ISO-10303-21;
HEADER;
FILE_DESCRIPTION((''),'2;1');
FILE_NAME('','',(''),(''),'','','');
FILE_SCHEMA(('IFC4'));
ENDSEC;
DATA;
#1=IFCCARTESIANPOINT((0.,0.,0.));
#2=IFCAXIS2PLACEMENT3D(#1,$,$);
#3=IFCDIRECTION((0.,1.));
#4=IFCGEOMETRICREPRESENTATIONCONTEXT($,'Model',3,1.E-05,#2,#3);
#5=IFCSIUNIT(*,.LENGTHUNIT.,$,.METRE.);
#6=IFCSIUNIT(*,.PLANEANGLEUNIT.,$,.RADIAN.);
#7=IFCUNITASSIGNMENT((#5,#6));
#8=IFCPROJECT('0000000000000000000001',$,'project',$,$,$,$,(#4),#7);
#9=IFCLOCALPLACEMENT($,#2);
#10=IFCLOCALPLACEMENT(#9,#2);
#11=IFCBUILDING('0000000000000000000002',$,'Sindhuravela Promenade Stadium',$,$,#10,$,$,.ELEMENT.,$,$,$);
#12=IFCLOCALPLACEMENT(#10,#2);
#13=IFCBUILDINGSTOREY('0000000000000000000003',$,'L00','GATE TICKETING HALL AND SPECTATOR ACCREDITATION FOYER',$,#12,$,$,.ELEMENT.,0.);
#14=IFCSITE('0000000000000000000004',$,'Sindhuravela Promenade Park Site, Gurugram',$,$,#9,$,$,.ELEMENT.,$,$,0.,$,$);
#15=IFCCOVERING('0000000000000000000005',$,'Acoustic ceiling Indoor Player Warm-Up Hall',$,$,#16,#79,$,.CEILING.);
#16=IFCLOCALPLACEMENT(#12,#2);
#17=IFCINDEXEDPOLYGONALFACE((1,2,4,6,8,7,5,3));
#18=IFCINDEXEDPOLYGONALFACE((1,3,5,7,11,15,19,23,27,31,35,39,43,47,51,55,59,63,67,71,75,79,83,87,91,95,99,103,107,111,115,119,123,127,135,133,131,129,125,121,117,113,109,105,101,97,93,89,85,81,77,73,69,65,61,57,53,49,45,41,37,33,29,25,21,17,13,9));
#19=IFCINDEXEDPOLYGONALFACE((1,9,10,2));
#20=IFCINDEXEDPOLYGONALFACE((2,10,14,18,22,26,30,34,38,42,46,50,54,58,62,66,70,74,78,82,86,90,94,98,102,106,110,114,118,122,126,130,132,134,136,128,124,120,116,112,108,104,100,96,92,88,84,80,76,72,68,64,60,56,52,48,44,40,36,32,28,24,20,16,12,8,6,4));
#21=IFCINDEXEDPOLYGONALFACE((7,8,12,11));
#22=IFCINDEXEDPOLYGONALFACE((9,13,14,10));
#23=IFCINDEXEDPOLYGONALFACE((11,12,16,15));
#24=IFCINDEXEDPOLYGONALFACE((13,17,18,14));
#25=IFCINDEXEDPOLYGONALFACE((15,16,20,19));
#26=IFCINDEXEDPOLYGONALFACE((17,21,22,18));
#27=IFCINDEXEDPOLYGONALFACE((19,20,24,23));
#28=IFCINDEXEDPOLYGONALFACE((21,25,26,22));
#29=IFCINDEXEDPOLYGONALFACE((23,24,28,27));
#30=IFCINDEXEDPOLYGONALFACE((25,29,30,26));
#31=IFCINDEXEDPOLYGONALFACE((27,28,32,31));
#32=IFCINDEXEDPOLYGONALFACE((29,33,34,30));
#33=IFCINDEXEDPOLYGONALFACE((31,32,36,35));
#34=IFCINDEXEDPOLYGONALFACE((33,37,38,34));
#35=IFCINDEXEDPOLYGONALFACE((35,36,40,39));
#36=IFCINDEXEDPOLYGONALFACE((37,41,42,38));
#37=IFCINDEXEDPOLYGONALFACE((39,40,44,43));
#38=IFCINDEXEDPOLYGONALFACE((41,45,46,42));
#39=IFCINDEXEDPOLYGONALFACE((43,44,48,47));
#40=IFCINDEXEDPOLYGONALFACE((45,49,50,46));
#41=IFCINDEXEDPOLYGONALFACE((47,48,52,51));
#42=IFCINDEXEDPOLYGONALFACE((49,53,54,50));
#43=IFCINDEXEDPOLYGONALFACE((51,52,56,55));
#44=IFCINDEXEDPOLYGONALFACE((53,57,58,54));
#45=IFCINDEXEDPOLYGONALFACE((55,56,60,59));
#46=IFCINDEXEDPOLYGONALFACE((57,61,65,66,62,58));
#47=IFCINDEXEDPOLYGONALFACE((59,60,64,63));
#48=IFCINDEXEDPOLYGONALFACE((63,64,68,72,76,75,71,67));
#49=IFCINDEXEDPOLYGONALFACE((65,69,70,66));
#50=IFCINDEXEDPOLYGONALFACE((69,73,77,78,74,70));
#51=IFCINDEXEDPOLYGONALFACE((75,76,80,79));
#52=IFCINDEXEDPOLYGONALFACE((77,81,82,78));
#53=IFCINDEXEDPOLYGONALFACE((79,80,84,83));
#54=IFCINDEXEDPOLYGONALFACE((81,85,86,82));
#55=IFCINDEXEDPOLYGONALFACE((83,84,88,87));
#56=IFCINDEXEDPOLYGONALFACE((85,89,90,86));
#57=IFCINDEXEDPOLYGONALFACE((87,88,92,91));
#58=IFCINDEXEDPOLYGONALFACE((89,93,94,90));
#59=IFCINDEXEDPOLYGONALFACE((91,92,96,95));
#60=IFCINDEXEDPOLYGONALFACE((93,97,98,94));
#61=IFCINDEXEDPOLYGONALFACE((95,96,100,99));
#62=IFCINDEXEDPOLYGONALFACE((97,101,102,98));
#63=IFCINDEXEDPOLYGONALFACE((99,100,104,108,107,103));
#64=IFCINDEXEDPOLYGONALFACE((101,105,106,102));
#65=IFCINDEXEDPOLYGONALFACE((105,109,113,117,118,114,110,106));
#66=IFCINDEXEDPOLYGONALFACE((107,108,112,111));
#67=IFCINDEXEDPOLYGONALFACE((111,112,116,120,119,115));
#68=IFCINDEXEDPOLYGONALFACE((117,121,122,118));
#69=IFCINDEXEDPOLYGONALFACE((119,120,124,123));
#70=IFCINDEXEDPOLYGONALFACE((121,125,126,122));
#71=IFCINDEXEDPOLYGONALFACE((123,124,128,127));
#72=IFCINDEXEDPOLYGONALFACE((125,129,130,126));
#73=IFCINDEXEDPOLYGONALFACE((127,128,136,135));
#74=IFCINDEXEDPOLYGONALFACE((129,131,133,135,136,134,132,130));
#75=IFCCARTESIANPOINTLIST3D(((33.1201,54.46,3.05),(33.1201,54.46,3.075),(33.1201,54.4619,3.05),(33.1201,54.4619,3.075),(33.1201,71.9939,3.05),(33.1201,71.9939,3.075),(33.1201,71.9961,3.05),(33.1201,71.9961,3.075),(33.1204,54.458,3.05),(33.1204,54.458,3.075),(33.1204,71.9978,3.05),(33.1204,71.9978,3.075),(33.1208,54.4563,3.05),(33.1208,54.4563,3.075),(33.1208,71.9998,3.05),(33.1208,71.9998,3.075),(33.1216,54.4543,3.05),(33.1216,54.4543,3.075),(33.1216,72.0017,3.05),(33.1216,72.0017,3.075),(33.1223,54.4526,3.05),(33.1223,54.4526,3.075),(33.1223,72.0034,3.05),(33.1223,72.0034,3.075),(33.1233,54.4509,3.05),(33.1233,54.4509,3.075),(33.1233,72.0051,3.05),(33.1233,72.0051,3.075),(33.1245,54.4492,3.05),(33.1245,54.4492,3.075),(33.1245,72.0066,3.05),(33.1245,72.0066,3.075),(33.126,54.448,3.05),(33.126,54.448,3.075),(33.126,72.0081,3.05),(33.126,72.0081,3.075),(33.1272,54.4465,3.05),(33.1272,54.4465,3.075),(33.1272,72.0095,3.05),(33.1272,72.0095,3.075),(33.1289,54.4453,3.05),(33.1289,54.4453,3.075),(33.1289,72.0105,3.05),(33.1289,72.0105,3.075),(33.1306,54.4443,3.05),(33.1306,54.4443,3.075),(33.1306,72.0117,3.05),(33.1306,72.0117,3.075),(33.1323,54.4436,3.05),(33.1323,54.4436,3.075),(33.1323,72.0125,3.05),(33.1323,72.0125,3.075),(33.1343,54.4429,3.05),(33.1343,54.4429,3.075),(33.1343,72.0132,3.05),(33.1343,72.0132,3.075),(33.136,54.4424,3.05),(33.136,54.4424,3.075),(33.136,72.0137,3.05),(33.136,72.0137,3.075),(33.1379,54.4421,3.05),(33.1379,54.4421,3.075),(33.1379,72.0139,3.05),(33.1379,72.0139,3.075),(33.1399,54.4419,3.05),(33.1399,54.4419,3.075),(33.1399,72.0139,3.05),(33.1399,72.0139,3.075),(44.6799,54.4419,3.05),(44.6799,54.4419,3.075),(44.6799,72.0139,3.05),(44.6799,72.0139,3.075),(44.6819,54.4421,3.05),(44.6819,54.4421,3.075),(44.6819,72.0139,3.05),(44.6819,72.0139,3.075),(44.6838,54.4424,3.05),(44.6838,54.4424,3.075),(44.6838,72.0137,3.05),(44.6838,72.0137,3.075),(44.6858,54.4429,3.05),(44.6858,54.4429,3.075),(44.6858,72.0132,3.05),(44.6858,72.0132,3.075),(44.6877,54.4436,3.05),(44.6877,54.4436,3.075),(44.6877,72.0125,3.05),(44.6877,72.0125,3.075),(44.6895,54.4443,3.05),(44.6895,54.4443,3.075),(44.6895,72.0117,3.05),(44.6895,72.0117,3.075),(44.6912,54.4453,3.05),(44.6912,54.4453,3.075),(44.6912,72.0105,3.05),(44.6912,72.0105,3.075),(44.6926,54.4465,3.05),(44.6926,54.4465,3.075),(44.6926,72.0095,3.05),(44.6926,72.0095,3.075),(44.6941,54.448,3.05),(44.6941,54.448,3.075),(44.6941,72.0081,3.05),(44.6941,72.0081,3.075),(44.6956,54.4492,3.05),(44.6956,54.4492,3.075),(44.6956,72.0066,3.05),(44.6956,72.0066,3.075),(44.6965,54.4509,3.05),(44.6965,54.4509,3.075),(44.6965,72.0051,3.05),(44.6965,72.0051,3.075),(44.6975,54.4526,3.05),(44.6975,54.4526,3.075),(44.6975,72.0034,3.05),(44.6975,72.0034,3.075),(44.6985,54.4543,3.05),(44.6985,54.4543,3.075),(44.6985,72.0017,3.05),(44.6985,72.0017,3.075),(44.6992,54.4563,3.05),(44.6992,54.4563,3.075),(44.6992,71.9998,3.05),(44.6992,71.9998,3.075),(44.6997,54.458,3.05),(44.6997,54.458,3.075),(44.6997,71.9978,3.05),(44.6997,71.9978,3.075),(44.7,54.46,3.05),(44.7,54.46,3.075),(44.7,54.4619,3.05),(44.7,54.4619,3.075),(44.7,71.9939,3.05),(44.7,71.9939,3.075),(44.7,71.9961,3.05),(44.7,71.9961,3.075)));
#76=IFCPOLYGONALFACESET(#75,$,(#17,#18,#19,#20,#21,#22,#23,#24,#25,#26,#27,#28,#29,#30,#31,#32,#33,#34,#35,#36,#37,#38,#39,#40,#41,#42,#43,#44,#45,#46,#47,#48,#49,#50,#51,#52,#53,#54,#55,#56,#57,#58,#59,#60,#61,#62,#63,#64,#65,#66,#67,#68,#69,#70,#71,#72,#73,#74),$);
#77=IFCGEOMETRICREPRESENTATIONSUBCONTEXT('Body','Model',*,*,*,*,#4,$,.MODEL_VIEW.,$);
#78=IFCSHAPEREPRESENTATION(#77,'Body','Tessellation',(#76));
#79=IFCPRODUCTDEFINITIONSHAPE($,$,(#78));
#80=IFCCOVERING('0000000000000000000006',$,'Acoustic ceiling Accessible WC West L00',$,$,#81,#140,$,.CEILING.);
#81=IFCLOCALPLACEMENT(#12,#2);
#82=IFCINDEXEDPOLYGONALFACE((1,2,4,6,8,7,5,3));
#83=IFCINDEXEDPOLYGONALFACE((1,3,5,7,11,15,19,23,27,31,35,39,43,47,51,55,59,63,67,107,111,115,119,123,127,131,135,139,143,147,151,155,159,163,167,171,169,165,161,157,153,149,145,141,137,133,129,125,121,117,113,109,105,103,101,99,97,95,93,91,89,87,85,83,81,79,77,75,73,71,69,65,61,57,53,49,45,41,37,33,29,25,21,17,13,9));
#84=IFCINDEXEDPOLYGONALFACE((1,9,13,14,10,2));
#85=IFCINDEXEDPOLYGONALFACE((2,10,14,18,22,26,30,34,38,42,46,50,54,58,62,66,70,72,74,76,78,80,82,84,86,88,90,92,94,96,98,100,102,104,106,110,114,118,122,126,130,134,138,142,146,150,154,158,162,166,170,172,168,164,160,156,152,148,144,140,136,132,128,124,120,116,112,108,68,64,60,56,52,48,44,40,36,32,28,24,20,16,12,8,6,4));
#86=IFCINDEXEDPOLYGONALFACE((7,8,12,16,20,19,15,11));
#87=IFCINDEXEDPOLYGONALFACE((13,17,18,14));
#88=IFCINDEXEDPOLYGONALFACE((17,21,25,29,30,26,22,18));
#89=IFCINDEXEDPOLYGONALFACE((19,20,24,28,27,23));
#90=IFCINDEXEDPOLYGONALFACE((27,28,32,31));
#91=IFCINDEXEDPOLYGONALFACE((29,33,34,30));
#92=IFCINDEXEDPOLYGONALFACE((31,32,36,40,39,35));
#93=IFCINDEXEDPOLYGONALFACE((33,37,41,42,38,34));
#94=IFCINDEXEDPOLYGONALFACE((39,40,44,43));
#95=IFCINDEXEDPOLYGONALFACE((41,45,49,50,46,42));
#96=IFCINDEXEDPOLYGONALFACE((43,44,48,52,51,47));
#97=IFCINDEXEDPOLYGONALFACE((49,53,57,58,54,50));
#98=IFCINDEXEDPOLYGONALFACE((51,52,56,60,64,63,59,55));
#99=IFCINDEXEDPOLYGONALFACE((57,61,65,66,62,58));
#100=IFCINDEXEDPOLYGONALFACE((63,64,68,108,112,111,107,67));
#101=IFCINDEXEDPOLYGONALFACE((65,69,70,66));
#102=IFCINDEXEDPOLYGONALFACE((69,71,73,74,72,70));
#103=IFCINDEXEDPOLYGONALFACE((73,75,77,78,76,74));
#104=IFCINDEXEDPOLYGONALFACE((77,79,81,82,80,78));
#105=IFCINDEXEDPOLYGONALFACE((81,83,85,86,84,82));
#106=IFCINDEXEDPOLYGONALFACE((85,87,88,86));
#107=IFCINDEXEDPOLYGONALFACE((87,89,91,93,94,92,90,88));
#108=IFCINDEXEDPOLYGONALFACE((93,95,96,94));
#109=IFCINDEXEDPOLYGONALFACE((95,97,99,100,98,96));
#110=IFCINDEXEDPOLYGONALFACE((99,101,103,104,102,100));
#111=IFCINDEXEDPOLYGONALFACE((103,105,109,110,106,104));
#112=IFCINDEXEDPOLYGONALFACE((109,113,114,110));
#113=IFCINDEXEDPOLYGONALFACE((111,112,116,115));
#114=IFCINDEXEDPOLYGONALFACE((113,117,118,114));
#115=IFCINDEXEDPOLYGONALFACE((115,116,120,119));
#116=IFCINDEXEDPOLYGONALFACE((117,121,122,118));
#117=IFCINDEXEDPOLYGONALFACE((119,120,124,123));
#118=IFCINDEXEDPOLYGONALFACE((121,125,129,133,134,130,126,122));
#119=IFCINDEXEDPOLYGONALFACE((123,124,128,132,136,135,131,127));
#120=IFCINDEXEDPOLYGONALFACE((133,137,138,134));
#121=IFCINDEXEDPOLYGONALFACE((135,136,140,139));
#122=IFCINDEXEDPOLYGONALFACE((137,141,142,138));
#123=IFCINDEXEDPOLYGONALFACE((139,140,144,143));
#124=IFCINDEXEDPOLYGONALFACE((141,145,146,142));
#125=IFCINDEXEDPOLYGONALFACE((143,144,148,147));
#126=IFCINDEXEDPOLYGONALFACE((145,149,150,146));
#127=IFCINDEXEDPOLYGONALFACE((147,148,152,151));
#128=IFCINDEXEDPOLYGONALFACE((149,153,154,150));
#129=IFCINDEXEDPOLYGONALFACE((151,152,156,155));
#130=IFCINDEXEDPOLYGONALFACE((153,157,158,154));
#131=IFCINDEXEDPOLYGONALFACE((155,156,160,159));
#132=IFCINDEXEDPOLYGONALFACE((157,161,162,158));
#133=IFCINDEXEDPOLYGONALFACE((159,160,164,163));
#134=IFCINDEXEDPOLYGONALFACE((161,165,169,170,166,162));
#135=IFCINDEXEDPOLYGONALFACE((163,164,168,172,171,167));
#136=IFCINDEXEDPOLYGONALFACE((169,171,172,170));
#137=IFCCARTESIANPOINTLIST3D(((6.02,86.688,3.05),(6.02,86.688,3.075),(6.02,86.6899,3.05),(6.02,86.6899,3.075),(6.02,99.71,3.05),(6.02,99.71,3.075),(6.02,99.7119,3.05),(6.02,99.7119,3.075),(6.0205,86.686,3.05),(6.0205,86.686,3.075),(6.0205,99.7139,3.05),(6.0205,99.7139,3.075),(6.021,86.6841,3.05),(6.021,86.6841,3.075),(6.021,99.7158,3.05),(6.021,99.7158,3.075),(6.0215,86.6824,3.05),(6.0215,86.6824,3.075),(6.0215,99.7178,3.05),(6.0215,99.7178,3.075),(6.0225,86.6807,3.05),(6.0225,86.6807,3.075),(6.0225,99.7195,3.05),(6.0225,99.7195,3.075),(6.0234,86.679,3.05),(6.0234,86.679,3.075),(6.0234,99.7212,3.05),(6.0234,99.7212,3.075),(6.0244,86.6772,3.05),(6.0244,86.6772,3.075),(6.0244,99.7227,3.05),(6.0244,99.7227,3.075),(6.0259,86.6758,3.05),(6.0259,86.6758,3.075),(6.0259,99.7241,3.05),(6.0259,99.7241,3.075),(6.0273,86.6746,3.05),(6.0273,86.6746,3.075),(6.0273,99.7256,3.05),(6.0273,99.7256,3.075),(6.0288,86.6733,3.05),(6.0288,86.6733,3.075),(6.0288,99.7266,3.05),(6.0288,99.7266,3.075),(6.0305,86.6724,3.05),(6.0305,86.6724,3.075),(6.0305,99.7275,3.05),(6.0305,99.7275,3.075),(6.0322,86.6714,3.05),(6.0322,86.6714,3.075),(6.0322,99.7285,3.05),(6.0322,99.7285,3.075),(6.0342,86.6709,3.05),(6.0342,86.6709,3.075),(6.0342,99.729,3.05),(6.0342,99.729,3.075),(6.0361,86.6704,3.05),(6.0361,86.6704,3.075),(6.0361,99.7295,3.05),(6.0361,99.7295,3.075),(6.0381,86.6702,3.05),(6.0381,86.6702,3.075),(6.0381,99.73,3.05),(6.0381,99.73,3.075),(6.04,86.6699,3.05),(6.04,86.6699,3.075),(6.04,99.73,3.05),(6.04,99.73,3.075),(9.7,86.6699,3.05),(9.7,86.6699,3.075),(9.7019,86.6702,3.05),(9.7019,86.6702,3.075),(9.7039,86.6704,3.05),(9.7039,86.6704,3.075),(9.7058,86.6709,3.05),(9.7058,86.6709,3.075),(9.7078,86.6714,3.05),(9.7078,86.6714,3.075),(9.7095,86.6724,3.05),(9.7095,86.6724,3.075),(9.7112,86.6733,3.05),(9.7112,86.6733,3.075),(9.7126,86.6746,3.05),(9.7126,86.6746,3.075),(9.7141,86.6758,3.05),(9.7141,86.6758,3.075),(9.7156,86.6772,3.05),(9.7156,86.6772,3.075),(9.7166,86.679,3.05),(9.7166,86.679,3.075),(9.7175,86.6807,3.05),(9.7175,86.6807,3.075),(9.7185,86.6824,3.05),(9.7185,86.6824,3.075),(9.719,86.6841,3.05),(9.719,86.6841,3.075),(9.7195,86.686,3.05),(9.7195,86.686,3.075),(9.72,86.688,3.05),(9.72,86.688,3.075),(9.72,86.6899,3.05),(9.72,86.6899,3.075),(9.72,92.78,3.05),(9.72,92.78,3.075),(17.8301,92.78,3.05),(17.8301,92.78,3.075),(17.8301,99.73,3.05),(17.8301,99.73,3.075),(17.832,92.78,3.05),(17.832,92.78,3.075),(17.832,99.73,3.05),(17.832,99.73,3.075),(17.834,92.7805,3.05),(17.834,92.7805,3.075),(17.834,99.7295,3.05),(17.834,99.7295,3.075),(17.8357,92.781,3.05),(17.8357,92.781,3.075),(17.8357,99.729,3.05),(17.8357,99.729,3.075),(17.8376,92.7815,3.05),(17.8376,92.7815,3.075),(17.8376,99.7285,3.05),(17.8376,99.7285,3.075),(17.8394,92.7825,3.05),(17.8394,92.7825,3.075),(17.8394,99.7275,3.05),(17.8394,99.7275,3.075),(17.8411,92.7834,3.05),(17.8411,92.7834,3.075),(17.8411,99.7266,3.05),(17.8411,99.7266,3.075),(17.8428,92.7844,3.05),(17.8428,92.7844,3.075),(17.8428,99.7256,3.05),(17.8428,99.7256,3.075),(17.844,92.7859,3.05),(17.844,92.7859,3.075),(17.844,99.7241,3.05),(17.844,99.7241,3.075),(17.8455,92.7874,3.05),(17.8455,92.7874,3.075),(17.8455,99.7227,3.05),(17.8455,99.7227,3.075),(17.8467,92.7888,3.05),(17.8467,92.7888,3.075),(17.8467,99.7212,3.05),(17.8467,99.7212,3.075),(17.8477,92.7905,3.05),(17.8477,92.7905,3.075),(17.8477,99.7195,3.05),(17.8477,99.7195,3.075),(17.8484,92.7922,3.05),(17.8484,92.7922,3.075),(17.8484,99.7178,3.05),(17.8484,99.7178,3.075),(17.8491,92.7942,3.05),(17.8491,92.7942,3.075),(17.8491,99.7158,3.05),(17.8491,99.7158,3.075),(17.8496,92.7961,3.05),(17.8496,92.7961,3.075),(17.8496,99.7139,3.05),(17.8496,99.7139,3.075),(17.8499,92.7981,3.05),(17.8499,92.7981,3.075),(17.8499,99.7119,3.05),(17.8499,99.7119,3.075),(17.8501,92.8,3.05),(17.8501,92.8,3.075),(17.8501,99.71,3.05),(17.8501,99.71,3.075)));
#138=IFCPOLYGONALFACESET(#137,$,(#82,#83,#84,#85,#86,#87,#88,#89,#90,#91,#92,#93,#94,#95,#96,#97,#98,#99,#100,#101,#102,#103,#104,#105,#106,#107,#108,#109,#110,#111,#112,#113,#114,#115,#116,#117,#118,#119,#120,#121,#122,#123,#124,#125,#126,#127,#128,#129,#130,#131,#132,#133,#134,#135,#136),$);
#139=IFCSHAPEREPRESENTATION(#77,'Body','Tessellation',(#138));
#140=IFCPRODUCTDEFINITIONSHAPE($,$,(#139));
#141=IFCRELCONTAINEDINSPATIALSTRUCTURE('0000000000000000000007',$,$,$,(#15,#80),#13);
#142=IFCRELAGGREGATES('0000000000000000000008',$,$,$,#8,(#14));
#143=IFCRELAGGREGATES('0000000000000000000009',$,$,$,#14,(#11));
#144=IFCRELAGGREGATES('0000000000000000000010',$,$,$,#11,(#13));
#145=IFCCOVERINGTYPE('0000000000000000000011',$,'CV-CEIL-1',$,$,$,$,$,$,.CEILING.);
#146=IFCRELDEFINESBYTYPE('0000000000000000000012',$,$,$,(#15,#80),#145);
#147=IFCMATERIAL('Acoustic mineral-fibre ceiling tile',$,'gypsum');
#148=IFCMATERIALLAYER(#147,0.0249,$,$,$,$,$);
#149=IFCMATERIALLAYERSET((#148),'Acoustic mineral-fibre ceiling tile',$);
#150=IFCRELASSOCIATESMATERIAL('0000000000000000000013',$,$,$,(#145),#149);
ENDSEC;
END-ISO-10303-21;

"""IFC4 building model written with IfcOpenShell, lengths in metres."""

from ifc_helpers import new_model, si_unit, direction, frame, origin, place, context, subcontext, project, spatial, polyline, outline, extrude, material, layer, layer_set, type_object, element, save


model = new_model("IFC4")

# Units and contexts
model_context = context("Model", 3, precision=1e-05, world=origin(), true_north=direction((0.0, 1.0)))
body_context = subcontext(model_context, "Body", "Model", "MODEL_VIEW")
ifc_project = project(units=[si_unit("LENGTHUNIT", "METRE"), si_unit("PLANEANGLEUNIT", "RADIAN")], contexts=[model_context])

# Site, building, storey
site_placement = place(None, origin())
site = spatial("IfcSite", under=ifc_project, at=site_placement, Name="Sindhuravela Promenade Park Site, Gurugram", CompositionType="ELEMENT", RefElevation=0.0)
building_placement = place(site_placement, origin())
building = spatial("IfcBuilding", under=site, at=building_placement, Name="Sindhuravela Promenade Stadium", CompositionType="ELEMENT")
storey_placement = place(building_placement, origin())
storey = spatial("IfcBuildingStorey", under=building, at=storey_placement, Name="L00", Description="GATE TICKETING HALL AND SPECTATOR ACCREDITATION FOYER", CompositionType="ELEMENT", Elevation=0.0)

# Coverings
ifc_material = material(Name="Acoustic mineral-fibre ceiling tile", Category="gypsum")
ifc_layer_1 = layer(ifc_material, 0.0249)
ifc_layer_set_1 = layer_set([ifc_layer_1], Name="Acoustic mineral-fibre ceiling tile")
covering_type_1 = type_object("IfcCoveringType", Name="CV-CEIL-1", PredefinedType="CEILING", material=ifc_layer_set_1)
covering_1_placement = place(storey_placement, frame((0.0, 0.0, 3.05)))
element("IfcCovering", 1, at=covering_1_placement, inside=storey, type_object=covering_type_1, Name="Acoustic ceiling Indoor Player Warm-Up Hall", PredefinedType="CEILING", context=body_context, shape_type="SweptSolid", body=[
    extrude(outline(polyline([(44.7, 54.4619), (44.7, 54.46), (44.6997, 54.458), (44.6992, 54.4563), (44.6985, 54.4543), (44.6975, 54.4526), (44.6965, 54.4509), (44.6956, 54.4492), (44.6941, 54.448), (44.6926, 54.4465), (44.6912, 54.4453), (44.6895, 54.4443), (44.6877, 54.4436), (44.6858, 54.4429), (44.6838, 54.4424), (44.6819, 54.4421), (44.6799, 54.4419), (33.1399, 54.4419), (33.1379, 54.4421), (33.136, 54.4424), (33.1343, 54.4429), (33.1323, 54.4436), (33.1306, 54.4443), (33.1289, 54.4453), (33.1272, 54.4465), (33.126, 54.448), (33.1245, 54.4492), (33.1233, 54.4509), (33.1223, 54.4526), (33.1216, 54.4543), (33.1208, 54.4563), (33.1204, 54.458), (33.1201, 54.46), (33.1201, 54.4619), (33.1201, 71.9939), (33.1201, 71.9961), (33.1204, 71.9978), (33.1208, 71.9998), (33.1216, 72.0017), (33.1223, 72.0034), (33.1233, 72.0051), (33.1245, 72.0066), (33.126, 72.0081), (33.1272, 72.0095), (33.1289, 72.0105), (33.1306, 72.0117), (33.1323, 72.0125), (33.1343, 72.0132), (33.136, 72.0137), (33.1379, 72.0139), (33.1399, 72.0139), (44.6799, 72.0139), (44.6819, 72.0139), (44.6838, 72.0137), (44.6858, 72.0132), (44.6877, 72.0125), (44.6895, 72.0117), (44.6912, 72.0105), (44.6926, 72.0095), (44.6941, 72.0081), (44.6956, 72.0066), (44.6965, 72.0051), (44.6975, 72.0034), (44.6985, 72.0017), (44.6992, 71.9998), (44.6997, 71.9978), (44.7, 71.9961), (44.7, 71.9939), (44.7, 54.4619)])), origin(), (0.0, 0.0, 1.0), 0.0249),
])
covering_2_placement = place(storey_placement, frame((0.0, 0.0, 3.05)))
element("IfcCovering", 2, at=covering_2_placement, inside=storey, type_object=covering_type_1, Name="Acoustic ceiling Accessible WC West L00", PredefinedType="CEILING", context=body_context, shape_type="SweptSolid", body=[
    extrude(outline(polyline([(6.04, 86.6699), (6.0381, 86.6702), (6.0361, 86.6704), (6.0342, 86.6709), (6.0322, 86.6714), (6.0305, 86.6724), (6.0288, 86.6733), (6.0273, 86.6746), (6.0259, 86.6758), (6.0244, 86.6772), (6.0234, 86.679), (6.0225, 86.6807), (6.0215, 86.6824), (6.021, 86.6841), (6.0205, 86.686), (6.02, 86.688), (6.02, 86.6899), (6.02, 99.71), (6.02, 99.7119), (6.0205, 99.7139), (6.021, 99.7158), (6.0215, 99.7178), (6.0225, 99.7195), (6.0234, 99.7212), (6.0244, 99.7227), (6.0259, 99.7241), (6.0273, 99.7256), (6.0288, 99.7266), (6.0305, 99.7275), (6.0322, 99.7285), (6.0342, 99.729), (6.0361, 99.7295), (6.0381, 99.73), (6.04, 99.73), (17.8301, 99.73), (17.832, 99.73), (17.834, 99.7295), (17.8357, 99.729), (17.8376, 99.7285), (17.8394, 99.7275), (17.8411, 99.7266), (17.8428, 99.7256), (17.844, 99.7241), (17.8455, 99.7227), (17.8467, 99.7212), (17.8477, 99.7195), (17.8484, 99.7178), (17.8491, 99.7158), (17.8496, 99.7139), (17.8499, 99.7119), (17.8501, 99.71), (17.8501, 92.8), (17.8499, 92.7981), (17.8496, 92.7961), (17.8491, 92.7942), (17.8484, 92.7922), (17.8477, 92.7905), (17.8467, 92.7888), (17.8455, 92.7874), (17.844, 92.7859), (17.8428, 92.7844), (17.8411, 92.7834), (17.8394, 92.7825), (17.8376, 92.7815), (17.8357, 92.781), (17.834, 92.7805), (17.832, 92.78), (17.8301, 92.78), (9.72, 92.78), (9.72, 86.6899), (9.72, 86.688), (9.7195, 86.686), (9.719, 86.6841), (9.7185, 86.6824), (9.7175, 86.6807), (9.7166, 86.679), (9.7156, 86.6772), (9.7141, 86.6758), (9.7126, 86.6746), (9.7112, 86.6733), (9.7095, 86.6724), (9.7078, 86.6714), (9.7058, 86.6709), (9.7039, 86.6704), (9.7019, 86.6702), (9.7, 86.6699), (6.04, 86.6699)])), origin(), (0.0, 0.0, 1.0), 0.0249),
])

save(model, "model.ifc")
